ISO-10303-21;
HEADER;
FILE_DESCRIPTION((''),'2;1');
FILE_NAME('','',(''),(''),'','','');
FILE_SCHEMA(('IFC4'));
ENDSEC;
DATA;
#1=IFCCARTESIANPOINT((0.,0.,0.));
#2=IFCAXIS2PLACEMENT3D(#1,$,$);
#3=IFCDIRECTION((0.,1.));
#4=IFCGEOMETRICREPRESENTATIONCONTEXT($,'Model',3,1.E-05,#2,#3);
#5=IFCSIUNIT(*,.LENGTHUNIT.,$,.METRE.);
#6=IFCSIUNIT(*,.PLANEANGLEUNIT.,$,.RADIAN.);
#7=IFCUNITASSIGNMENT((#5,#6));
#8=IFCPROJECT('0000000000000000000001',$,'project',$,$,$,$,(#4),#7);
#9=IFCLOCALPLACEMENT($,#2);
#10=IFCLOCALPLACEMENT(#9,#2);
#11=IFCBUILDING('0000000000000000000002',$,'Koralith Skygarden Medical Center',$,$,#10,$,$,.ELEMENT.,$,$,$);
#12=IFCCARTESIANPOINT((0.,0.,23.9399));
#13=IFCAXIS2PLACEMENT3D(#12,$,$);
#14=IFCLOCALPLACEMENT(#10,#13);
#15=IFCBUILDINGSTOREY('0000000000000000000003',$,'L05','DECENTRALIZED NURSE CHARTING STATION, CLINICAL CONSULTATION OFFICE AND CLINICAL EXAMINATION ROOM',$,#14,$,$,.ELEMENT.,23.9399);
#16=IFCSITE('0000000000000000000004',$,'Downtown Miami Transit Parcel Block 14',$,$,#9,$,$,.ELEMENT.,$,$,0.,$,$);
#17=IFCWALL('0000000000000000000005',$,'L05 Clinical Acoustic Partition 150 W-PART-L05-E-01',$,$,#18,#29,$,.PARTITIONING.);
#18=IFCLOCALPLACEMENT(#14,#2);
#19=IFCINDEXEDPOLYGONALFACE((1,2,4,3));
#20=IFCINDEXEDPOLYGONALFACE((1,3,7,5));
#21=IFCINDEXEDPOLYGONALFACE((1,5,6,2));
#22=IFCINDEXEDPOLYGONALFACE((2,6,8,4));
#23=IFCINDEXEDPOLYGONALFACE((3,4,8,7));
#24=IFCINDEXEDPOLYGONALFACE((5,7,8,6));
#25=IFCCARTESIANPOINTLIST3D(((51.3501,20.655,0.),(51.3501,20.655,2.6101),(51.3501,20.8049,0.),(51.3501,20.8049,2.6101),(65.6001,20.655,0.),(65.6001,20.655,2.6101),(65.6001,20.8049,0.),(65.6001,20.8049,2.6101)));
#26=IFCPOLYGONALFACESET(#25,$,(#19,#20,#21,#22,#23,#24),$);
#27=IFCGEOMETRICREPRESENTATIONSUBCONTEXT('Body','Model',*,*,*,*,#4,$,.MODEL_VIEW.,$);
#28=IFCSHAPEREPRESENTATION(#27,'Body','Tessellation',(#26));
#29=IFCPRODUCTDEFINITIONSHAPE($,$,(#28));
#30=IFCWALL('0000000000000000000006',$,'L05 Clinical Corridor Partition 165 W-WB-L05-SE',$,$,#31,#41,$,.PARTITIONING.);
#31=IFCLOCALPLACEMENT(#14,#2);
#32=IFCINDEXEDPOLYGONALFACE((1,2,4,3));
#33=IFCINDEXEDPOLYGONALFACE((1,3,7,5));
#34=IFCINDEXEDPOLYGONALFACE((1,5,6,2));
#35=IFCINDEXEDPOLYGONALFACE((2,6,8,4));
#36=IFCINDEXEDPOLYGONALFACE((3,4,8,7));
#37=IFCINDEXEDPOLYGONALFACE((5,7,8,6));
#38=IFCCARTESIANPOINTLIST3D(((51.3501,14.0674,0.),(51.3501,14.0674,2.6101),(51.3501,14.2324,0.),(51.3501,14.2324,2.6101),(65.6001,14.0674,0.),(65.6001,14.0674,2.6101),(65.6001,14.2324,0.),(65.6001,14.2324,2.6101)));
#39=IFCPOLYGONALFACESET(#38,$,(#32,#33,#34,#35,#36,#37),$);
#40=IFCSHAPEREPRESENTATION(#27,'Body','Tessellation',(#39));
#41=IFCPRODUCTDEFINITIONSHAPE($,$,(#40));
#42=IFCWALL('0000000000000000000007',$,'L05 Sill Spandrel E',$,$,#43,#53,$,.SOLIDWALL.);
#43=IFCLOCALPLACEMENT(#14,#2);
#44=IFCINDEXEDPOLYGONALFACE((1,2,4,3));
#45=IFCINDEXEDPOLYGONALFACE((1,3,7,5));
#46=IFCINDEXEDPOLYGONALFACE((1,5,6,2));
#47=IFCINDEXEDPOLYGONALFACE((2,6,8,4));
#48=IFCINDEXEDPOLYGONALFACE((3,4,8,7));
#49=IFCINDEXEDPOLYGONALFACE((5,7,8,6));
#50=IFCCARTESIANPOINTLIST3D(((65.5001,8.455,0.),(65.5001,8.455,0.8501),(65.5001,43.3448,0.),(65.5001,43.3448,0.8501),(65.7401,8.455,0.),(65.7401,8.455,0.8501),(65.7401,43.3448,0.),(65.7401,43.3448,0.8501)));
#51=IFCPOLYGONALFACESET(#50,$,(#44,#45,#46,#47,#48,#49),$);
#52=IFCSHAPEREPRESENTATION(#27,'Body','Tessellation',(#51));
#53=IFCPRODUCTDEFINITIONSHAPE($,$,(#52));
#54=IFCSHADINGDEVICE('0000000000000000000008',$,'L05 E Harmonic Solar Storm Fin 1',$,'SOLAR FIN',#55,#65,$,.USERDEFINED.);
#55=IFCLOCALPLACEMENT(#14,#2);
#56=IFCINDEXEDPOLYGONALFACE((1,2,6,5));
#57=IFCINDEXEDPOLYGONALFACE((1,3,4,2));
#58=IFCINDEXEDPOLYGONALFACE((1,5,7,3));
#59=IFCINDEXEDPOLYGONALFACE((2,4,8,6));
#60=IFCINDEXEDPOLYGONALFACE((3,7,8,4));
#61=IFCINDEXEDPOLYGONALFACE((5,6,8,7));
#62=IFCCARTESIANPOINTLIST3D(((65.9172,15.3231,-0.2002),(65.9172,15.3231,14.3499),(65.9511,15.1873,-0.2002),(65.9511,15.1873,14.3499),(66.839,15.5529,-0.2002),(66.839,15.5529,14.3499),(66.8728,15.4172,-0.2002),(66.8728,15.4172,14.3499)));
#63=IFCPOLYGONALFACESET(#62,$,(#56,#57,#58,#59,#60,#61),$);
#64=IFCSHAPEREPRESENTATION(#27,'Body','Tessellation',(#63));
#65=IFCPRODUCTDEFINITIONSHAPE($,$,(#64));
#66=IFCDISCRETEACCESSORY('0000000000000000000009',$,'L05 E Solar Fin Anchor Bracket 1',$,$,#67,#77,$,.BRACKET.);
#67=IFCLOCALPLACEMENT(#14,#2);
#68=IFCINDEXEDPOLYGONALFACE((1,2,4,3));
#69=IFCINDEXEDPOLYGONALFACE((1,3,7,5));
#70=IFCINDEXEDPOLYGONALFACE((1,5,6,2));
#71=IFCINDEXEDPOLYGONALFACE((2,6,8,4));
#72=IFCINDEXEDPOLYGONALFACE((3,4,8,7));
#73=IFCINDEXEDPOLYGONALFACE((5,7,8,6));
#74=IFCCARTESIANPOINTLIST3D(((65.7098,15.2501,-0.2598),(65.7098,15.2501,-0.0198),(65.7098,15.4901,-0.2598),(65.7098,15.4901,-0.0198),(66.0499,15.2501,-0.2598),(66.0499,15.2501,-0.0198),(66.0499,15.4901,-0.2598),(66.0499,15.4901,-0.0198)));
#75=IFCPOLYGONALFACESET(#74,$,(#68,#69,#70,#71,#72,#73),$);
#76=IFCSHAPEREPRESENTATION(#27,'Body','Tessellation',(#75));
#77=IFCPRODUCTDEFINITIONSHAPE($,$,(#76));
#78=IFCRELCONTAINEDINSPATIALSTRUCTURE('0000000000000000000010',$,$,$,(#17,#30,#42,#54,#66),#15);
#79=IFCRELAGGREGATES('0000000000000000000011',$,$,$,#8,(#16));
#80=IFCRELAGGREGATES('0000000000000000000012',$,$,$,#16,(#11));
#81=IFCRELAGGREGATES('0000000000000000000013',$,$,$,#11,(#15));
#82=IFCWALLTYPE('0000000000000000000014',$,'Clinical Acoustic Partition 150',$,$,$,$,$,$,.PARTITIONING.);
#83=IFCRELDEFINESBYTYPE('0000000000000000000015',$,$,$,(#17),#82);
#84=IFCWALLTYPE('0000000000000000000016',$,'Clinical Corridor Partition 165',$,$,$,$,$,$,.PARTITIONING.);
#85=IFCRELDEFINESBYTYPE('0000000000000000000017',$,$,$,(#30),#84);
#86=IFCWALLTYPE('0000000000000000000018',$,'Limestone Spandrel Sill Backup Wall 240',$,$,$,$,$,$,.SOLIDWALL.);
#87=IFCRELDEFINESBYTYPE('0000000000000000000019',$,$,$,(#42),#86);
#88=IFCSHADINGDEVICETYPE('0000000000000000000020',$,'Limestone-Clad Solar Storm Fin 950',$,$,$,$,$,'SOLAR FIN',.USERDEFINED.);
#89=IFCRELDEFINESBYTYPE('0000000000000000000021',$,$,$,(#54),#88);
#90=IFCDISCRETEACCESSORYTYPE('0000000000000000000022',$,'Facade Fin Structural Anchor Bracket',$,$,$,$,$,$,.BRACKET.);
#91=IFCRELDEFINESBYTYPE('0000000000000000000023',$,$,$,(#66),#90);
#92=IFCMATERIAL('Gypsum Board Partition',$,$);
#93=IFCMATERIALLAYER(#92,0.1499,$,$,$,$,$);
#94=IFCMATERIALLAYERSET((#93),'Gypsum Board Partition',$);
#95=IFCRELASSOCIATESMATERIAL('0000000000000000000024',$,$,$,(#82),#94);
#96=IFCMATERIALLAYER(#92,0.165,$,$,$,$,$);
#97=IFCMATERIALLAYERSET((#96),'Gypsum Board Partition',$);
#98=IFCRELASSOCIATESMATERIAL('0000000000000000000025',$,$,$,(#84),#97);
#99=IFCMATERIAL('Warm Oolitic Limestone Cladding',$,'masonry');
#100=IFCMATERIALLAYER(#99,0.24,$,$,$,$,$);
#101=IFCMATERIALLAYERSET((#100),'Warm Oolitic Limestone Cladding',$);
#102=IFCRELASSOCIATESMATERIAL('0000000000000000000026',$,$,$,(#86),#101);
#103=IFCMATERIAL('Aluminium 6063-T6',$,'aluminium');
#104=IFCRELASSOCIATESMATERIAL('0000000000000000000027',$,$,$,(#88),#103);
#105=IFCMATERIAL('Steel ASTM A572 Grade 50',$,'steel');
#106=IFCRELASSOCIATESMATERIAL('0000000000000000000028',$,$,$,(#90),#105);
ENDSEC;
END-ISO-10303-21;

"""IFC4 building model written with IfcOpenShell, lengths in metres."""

from ifc_helpers import new_model, si_unit, direction, frame, frame_2d, origin, origin_2d, place, context, subcontext, project, spatial, rectangle, extrude, material, layer, layer_set, type_object, element, save


model = new_model("IFC4")

# Units and contexts
model_context = context("Model", 3, precision=1e-05, world=origin(), true_north=direction((0.0, 1.0)))
body_context = subcontext(model_context, "Body", "Model", "MODEL_VIEW")
ifc_project = project(units=[si_unit("LENGTHUNIT", "METRE"), si_unit("PLANEANGLEUNIT", "RADIAN")], contexts=[model_context])

# Site, building, storey
site_placement = place(None, origin())
site = spatial("IfcSite", under=ifc_project, at=site_placement, Name="Downtown Miami Transit Parcel Block 14", CompositionType="ELEMENT", RefElevation=0.0)
building_placement = place(site_placement, origin())
building = spatial("IfcBuilding", under=site, at=building_placement, Name="Koralith Skygarden Medical Center", CompositionType="ELEMENT")
storey_placement = place(building_placement, frame((0.0, 0.0, 23.9399)))
storey = spatial("IfcBuildingStorey", under=building, at=storey_placement, Name="L05", Description="DECENTRALIZED NURSE CHARTING STATION, CLINICAL CONSULTATION OFFICE AND CLINICAL EXAMINATION ROOM", CompositionType="ELEMENT", Elevation=23.9399)

# Shared definitions
ifc_material_1 = material(Name="Aluminium 6063-T6", Category="aluminium")

# Shared definitions
ifc_material_2 = material(Name="Warm Oolitic Limestone Cladding", Category="masonry")

# Walls
ifc_material_3 = material(Name="Gypsum Board Partition")
ifc_layer_1 = layer(ifc_material_3, 0.1499)
ifc_layer_set_1 = layer_set([ifc_layer_1], Name="Gypsum Board Partition")
wall_type_1 = type_object("IfcWallType", Name="Clinical Acoustic Partition 150", PredefinedType="PARTITIONING", material=ifc_layer_set_1)
wall_1_placement = place(storey_placement, frame((51.3501, 20.73, 0.0), z_axis=(0.0, 0.0, 1.0), x_axis=(1.0, 0.0, 0.0)))
element("IfcWall", 1, at=wall_1_placement, inside=storey, type_object=wall_type_1, Name="L05 Clinical Acoustic Partition 150 W-PART-L05-E-01", PredefinedType="PARTITIONING", context=body_context, shape_type="SweptSolid", body=[
    extrude(rectangle(XDim=14.25, YDim=0.1499, at=frame_2d((7.125, 0.0))), origin(), (0.0, 0.0, 1.0), 2.6101),
])
ifc_layer_2 = layer(ifc_material_3, 0.165)
ifc_layer_set_2 = layer_set([ifc_layer_2], Name="Gypsum Board Partition")
wall_type_2 = type_object("IfcWallType", Name="Clinical Corridor Partition 165", PredefinedType="PARTITIONING", material=ifc_layer_set_2)
wall_2_placement = place(storey_placement, frame((51.3501, 14.1499, 0.0), z_axis=(0.0, 0.0, 1.0), x_axis=(1.0, 0.0, 0.0)))
element("IfcWall", 2, at=wall_2_placement, inside=storey, type_object=wall_type_2, Name="L05 Clinical Corridor Partition 165 W-WB-L05-SE", PredefinedType="PARTITIONING", context=body_context, shape_type="SweptSolid", body=[
    extrude(rectangle(XDim=14.25, YDim=0.165, at=frame_2d((7.125, 0.0))), origin(), (0.0, 0.0, 1.0), 2.6101),
])

# Wall
ifc_layer_3 = layer(ifc_material_2, 0.24)
ifc_layer_set_3 = layer_set([ifc_layer_3], Name="Warm Oolitic Limestone Cladding")
wall_type_3 = type_object("IfcWallType", Name="Limestone Spandrel Sill Backup Wall 240", PredefinedType="SOLIDWALL", material=ifc_layer_set_3)
wall_3_placement = place(storey_placement, frame((65.6201, 8.4551, 0.0), z_axis=(0.0, 0.0, 1.0), x_axis=(0.0, 1.0, 0.0)))
element("IfcWall", 3, at=wall_3_placement, inside=storey, type_object=wall_type_3, Name="L05 Sill Spandrel E", PredefinedType="SOLIDWALL", context=body_context, shape_type="SweptSolid", body=[
    extrude(rectangle(XDim=34.8899, YDim=0.24, at=frame_2d((17.4448, 0.0))), origin(), (0.0, 0.0, 1.0), 0.8501),
])

# Shading device
shading_device_type = type_object("IfcShadingDeviceType", Name="Limestone-Clad Solar Storm Fin 950", ElementType="SOLAR FIN", PredefinedType="USERDEFINED", material=ifc_material_1)
shading_device_placement = place(storey_placement, frame((66.395, 15.3701, -0.2002), z_axis=(0.0, 0.0, 1.0), x_axis=(0.970296, 0.241922, 0.0)))
element("IfcShadingDevice", 4, at=shading_device_placement, inside=storey, type_object=shading_device_type, Name="L05 E Harmonic Solar Storm Fin 1", ObjectType="SOLAR FIN", PredefinedType="USERDEFINED", context=body_context, shape_type="SweptSolid", body=[
    extrude(rectangle(XDim=0.95, YDim=0.1399, at=origin_2d()), origin(), (0.0, 0.0, 1.0), 14.55),
])

# Discrete accessory
ifc_material_4 = material(Name="Steel ASTM A572 Grade 50", Category="steel")
discrete_accessory_type = type_object("IfcDiscreteAccessoryType", Name="Facade Fin Structural Anchor Bracket", PredefinedType="BRACKET", material=ifc_material_4)
discrete_accessory_placement = place(storey_placement, frame((65.8799, 15.3701, -0.2598), z_axis=(0.0, 0.0, 1.0), x_axis=(1.0, 0.0, 0.0)))
element("IfcDiscreteAccessory", 5, at=discrete_accessory_placement, inside=storey, type_object=discrete_accessory_type, Name="L05 E Solar Fin Anchor Bracket 1", PredefinedType="BRACKET", context=body_context, shape_type="SweptSolid", body=[
    extrude(rectangle(XDim=0.3401, YDim=0.24, at=origin_2d()), origin(), (0.0, 0.0, 1.0), 0.24),
])

save(model, "model.ifc")
